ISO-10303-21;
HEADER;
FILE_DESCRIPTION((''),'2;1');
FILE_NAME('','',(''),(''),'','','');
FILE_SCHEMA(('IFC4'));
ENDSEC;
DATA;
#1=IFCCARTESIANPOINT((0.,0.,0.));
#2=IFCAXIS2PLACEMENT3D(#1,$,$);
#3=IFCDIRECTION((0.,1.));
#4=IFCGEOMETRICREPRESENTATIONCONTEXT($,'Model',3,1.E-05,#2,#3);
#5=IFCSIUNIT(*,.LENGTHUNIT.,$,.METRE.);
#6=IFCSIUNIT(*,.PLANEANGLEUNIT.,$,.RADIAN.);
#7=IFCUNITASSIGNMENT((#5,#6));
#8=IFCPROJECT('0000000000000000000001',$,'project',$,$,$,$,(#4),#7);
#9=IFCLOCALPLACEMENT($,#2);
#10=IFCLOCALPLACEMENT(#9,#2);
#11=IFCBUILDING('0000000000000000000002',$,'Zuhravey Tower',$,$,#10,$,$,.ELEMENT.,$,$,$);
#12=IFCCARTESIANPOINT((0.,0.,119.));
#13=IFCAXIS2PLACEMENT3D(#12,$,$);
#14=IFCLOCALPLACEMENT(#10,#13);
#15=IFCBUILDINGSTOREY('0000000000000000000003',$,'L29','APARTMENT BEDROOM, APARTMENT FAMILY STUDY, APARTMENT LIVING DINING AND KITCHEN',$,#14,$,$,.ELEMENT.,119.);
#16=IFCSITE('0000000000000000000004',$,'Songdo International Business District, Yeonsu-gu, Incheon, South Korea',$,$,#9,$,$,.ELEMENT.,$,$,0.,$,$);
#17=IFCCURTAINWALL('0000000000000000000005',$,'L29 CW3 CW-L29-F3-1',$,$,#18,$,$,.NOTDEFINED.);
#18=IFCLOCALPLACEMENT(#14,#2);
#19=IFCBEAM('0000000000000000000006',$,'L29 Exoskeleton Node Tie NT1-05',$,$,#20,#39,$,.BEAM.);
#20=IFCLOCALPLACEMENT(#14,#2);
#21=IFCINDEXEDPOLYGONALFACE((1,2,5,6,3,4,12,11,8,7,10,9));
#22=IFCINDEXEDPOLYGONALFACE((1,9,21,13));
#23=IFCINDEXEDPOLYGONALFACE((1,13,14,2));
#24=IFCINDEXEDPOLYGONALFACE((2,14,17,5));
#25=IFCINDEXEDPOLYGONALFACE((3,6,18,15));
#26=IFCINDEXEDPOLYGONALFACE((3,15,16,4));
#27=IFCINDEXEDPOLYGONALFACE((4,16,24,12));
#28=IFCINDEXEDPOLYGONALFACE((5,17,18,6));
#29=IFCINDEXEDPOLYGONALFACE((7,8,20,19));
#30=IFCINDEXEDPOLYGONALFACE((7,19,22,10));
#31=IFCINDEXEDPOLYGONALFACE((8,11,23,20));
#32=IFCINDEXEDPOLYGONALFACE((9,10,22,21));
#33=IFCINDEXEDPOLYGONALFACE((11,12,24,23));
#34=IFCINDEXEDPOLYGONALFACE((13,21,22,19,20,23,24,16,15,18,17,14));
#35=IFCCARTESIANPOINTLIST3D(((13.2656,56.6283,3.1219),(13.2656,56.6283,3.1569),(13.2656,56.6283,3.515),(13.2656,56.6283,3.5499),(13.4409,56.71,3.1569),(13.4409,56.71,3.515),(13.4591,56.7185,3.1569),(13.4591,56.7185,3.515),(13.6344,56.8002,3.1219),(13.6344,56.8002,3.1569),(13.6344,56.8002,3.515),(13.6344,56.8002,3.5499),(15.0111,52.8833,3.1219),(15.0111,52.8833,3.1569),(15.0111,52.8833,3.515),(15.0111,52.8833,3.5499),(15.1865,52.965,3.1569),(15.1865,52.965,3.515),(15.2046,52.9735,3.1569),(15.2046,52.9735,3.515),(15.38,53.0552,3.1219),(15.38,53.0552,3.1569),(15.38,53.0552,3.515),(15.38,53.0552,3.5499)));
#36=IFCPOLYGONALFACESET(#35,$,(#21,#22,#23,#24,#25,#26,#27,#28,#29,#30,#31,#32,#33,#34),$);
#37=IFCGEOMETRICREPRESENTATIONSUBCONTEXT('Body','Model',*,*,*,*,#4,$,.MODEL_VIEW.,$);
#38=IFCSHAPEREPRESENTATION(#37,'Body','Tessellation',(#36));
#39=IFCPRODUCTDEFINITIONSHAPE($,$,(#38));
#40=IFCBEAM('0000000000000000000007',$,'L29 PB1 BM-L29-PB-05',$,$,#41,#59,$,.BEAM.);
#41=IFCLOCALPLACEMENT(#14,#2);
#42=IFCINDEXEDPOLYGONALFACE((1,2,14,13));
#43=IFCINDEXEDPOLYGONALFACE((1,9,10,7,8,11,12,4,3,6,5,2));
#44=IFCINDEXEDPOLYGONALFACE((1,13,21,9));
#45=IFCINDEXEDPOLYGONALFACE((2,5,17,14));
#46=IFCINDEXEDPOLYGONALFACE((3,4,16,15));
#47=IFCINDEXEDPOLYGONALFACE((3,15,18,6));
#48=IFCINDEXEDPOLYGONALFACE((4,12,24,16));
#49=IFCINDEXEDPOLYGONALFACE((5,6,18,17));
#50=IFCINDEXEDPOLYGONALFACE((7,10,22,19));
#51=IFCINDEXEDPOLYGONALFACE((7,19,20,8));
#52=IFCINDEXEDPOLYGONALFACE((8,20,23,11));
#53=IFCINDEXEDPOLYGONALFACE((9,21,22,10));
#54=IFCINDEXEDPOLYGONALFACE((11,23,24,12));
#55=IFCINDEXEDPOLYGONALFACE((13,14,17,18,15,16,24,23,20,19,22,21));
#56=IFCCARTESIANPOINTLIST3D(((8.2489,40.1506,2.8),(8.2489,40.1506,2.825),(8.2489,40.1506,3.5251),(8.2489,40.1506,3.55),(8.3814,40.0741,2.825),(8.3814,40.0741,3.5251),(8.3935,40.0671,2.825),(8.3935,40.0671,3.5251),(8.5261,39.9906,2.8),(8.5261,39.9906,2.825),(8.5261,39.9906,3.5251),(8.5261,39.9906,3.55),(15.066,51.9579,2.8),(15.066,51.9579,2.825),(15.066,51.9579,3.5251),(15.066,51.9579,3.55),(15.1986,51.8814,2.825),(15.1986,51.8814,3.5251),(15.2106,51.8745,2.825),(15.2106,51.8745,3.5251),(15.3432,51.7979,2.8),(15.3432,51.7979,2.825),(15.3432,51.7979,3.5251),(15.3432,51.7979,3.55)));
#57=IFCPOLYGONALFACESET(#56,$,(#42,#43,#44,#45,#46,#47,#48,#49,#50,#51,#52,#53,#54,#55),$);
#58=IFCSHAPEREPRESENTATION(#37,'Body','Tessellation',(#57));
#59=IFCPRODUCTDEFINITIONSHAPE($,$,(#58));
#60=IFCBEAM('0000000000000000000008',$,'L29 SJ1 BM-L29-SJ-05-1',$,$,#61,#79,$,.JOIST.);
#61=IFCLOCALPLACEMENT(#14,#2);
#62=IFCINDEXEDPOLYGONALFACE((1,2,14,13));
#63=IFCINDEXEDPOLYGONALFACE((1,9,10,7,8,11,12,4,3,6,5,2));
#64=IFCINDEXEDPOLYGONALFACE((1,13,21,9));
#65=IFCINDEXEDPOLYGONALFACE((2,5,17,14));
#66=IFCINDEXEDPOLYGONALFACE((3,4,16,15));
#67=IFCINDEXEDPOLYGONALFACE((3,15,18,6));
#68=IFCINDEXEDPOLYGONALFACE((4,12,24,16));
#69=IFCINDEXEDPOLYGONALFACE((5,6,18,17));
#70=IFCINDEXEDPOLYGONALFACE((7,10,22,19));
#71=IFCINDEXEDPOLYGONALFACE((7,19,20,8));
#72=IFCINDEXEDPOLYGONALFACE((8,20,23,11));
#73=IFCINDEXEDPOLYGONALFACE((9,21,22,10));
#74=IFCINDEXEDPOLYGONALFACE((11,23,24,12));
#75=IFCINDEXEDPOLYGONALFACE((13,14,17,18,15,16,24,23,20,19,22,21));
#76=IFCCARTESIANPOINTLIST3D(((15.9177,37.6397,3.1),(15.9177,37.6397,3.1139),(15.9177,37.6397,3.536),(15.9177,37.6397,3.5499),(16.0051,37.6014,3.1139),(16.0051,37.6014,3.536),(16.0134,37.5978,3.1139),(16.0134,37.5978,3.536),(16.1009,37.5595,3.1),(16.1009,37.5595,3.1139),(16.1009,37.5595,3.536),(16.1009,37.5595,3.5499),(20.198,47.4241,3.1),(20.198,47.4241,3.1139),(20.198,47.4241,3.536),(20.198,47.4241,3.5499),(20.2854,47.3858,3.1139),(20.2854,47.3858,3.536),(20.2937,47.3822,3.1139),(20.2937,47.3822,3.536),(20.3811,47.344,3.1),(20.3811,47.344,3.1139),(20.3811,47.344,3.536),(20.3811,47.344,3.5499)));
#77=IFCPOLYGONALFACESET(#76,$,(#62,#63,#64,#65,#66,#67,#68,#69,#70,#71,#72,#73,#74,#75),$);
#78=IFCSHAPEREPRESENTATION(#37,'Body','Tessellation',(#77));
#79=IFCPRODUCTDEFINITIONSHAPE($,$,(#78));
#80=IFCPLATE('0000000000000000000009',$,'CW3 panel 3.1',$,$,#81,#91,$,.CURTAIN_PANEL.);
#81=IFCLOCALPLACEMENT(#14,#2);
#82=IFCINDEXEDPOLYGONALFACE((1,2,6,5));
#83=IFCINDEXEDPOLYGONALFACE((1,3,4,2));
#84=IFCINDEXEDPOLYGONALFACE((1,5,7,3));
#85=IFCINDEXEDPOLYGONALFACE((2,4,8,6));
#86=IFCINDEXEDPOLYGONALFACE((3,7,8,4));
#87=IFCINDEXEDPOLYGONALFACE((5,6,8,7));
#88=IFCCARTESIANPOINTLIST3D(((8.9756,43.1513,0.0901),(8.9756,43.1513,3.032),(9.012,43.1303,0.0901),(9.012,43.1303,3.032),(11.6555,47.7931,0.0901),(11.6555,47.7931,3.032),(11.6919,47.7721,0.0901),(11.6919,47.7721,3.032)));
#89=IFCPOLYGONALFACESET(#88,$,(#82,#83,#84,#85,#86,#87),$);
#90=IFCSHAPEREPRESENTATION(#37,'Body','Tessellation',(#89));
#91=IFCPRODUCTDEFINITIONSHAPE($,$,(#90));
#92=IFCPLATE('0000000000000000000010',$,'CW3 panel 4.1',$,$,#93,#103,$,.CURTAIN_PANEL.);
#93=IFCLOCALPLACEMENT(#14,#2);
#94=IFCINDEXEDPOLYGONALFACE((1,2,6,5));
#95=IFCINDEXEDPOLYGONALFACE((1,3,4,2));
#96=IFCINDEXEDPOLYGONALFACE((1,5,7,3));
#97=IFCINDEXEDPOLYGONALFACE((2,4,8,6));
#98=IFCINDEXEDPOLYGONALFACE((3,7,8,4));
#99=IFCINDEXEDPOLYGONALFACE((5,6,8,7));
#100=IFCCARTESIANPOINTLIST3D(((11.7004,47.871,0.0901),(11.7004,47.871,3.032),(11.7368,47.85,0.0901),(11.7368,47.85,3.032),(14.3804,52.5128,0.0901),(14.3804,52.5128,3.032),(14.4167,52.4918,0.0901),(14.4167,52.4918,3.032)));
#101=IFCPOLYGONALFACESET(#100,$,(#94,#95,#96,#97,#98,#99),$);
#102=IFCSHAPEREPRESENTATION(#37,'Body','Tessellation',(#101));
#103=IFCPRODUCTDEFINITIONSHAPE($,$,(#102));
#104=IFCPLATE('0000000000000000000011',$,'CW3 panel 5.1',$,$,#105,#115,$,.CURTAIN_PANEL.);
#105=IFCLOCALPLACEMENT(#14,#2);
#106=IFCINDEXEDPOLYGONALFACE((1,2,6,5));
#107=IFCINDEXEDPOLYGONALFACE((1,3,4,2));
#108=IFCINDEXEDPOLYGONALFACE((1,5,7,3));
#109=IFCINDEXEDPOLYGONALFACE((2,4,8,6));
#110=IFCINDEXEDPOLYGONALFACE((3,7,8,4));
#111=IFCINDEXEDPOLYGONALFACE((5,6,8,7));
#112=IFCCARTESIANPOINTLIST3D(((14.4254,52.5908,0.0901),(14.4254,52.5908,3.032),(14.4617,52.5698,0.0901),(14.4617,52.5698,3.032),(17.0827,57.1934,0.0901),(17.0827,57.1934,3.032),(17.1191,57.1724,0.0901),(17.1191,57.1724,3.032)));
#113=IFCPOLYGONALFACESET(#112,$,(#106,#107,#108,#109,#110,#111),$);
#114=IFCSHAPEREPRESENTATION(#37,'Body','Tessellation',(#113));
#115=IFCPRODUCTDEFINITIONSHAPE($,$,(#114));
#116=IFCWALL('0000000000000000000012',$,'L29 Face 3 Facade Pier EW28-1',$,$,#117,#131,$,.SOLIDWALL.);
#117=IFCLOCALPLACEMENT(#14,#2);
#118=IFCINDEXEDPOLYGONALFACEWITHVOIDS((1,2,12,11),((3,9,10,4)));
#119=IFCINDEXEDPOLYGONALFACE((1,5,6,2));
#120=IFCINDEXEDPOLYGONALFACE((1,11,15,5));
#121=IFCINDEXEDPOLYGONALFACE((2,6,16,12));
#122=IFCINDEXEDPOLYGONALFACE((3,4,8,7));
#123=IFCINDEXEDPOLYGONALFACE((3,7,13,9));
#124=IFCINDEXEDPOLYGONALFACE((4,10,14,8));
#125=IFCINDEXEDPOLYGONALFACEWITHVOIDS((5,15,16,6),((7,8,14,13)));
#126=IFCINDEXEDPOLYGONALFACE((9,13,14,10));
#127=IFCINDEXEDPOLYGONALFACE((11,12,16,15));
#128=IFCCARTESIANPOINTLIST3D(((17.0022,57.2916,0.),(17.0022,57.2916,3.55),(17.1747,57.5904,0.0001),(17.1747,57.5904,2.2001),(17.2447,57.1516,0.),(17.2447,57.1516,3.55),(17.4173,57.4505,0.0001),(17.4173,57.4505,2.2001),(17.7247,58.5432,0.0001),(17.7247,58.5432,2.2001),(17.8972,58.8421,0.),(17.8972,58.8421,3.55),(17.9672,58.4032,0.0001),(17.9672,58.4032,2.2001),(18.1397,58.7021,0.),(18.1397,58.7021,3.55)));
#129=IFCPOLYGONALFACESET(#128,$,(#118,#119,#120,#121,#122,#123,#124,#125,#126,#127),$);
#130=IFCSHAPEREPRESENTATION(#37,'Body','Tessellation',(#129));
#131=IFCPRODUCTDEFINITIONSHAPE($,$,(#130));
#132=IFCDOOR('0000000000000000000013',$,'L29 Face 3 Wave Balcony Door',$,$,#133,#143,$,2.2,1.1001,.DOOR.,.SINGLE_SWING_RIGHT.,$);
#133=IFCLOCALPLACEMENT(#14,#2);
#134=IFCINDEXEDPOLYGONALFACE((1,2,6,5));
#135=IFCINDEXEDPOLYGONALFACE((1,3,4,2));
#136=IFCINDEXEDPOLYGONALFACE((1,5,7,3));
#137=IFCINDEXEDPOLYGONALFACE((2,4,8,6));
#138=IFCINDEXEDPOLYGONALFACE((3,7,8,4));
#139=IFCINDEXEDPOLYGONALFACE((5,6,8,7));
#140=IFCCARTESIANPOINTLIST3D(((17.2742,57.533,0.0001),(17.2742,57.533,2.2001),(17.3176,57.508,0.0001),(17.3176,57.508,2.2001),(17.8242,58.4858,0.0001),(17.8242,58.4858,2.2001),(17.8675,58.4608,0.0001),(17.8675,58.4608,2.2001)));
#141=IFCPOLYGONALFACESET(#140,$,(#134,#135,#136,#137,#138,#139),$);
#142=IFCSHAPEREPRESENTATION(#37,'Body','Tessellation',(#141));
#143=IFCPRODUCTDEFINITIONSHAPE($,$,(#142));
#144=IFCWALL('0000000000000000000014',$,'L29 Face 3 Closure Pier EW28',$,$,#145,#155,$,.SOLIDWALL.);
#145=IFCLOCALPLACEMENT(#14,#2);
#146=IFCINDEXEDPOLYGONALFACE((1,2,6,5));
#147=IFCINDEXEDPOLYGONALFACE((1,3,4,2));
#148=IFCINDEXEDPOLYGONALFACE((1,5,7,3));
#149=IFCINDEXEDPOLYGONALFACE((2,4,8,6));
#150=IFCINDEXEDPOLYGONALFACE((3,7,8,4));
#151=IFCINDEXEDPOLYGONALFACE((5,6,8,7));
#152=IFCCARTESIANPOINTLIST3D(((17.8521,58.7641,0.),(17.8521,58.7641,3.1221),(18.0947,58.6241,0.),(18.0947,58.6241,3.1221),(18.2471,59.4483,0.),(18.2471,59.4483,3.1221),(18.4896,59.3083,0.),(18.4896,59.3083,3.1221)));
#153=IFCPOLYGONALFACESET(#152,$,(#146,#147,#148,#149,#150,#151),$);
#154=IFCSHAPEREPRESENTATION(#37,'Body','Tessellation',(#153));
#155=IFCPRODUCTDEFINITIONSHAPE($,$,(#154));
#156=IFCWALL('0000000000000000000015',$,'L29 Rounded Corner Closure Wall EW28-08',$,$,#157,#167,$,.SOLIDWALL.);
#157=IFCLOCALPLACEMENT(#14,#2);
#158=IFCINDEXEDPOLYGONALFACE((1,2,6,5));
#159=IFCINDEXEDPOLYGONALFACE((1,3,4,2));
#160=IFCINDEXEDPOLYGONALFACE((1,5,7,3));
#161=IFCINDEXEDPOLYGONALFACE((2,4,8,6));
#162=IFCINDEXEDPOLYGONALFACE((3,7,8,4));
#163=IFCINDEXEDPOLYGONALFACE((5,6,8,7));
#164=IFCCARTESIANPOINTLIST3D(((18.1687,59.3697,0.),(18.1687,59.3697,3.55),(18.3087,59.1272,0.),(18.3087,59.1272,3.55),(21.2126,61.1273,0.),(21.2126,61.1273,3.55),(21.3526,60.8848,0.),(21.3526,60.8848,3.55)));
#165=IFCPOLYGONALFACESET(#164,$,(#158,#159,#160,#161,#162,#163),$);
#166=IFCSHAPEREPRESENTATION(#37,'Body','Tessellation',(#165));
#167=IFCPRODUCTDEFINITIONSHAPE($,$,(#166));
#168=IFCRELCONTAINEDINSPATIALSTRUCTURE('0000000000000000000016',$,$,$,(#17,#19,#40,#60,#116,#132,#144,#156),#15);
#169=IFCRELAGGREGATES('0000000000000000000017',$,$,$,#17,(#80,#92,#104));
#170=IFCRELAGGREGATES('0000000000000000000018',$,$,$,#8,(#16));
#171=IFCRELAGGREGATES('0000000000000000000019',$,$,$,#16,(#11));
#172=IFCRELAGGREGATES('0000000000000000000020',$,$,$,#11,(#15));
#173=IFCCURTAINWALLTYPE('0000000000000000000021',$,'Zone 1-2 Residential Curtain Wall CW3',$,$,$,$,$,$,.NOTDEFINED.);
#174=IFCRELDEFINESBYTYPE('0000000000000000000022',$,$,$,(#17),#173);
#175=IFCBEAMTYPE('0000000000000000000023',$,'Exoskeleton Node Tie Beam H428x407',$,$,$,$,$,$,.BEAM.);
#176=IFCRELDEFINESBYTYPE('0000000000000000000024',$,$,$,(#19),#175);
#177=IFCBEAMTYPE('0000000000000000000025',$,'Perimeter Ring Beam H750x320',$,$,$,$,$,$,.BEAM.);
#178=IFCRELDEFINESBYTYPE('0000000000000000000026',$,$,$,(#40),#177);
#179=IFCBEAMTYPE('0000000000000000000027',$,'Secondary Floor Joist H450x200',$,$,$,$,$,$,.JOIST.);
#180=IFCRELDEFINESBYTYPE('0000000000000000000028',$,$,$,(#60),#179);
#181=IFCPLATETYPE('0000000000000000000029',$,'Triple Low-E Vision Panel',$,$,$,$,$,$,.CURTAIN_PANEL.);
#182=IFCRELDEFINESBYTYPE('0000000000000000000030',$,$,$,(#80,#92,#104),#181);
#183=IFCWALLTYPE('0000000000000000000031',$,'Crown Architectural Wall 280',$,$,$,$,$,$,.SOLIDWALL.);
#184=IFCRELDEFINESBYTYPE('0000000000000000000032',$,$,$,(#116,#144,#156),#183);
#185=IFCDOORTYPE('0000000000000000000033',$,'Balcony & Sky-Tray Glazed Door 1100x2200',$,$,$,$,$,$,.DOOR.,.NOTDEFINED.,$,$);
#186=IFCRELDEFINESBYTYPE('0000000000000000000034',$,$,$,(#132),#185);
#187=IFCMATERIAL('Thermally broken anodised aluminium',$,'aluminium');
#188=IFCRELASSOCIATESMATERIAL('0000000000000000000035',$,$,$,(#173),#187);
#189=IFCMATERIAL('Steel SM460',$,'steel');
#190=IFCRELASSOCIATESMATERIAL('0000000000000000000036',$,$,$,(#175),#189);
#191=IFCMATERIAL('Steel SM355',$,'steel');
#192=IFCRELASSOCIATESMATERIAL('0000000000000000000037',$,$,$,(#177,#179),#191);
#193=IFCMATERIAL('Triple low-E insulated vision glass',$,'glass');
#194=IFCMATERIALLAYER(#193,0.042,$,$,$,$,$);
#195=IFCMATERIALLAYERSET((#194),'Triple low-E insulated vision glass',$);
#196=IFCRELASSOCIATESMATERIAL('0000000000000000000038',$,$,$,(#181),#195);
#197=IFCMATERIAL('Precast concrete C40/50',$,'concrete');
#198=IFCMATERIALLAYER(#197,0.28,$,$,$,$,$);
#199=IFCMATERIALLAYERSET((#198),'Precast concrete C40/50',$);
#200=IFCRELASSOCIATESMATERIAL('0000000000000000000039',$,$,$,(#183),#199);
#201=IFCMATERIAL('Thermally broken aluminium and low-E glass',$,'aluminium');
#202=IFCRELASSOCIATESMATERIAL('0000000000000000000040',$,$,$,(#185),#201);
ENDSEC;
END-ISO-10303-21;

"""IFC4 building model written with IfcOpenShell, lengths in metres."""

from ifc_helpers import new_model, si_unit, direction, frame, frame_2d, origin, origin_2d, place, context, subcontext, project, spatial, rectangle, i_section, extrude, material, layer, layer_set, material_profile, profile_set, type_object, element, fill, aggregate, save


model = new_model("IFC4")

# Units and contexts
model_context = context("Model", 3, precision=1e-05, world=origin(), true_north=direction((0.0, 1.0)))
body_context = subcontext(model_context, "Body", "Model", "MODEL_VIEW")
ifc_project = project(units=[si_unit("LENGTHUNIT", "METRE"), si_unit("PLANEANGLEUNIT", "RADIAN")], contexts=[model_context])

# Site, building, storey
site_placement = place(None, origin())
site = spatial("IfcSite", under=ifc_project, at=site_placement, Name="Songdo International Business District, Yeonsu-gu, Incheon, South Korea", CompositionType="ELEMENT", RefElevation=0.0)
building_placement = place(site_placement, origin())
building = spatial("IfcBuilding", under=site, at=building_placement, Name="Zuhravey Tower", CompositionType="ELEMENT")
storey_placement = place(building_placement, frame((0.0, 0.0, 119.0)))
storey = spatial("IfcBuildingStorey", under=building, at=storey_placement, Name="L29", Description="APARTMENT BEDROOM, APARTMENT FAMILY STUDY, APARTMENT LIVING DINING AND KITCHEN", CompositionType="ELEMENT", Elevation=119.0)

# Curtain wall
ifc_material_1 = material(Name="Thermally broken anodised aluminium", Category="aluminium")
curtain_wall_type = type_object("IfcCurtainWallType", Name="Zone 1-2 Residential Curtain Wall CW3", PredefinedType="NOTDEFINED", material=ifc_material_1)
curtain_wall_1_placement = place(storey_placement, origin())
curtain_wall_1 = element("IfcCurtainWall", 1, at=curtain_wall_1_placement, inside=storey, type_object=curtain_wall_type, Name="L29 CW3 CW-L29-F3-1", PredefinedType="NOTDEFINED")

# Beams
ifc_material_2 = material(Name="Steel SM460", Category="steel")
ifc_material_profile_1 = material_profile(ifc_material_2, i_section(OverallWidth=0.407, OverallDepth=0.428, WebThickness=0.02, FlangeThickness=0.0349, at=origin_2d()), Name="H-428x407x20x35")
ifc_profile_set_1 = profile_set([ifc_material_profile_1], Name="Steel SM460")
beam_type_1 = type_object("IfcBeamType", Name="Exoskeleton Node Tie Beam H428x407", PredefinedType="BEAM", material=ifc_profile_set_1)
beam_1_placement = place(storey_placement, frame((15.1956, 52.9692, 3.3359), z_axis=(-0.422465, 0.906379, 0.0), x_axis=(-0.906379, -0.422465, 0.0)))
element("IfcBeam", 2, at=beam_1_placement, inside=storey, type_object=beam_type_1, Name="L29 Exoskeleton Node Tie NT1-05", PredefinedType="BEAM", context=body_context, shape_type="SweptSolid", body=[
    extrude(i_section(OverallWidth=0.407, OverallDepth=0.428, WebThickness=0.02, FlangeThickness=0.0349, at=origin_2d()), origin(), (0.0, 0.0, 1.0), 4.1318),
])
ifc_material_3 = material(Name="Steel SM355", Category="steel")
ifc_material_profile_2 = material_profile(ifc_material_3, i_section(OverallWidth=0.3201, OverallDepth=0.75, WebThickness=0.0139, FlangeThickness=0.0249, at=origin_2d()), Name="H-750x320x14x25")
ifc_profile_set_2 = profile_set([ifc_material_profile_2], Name="Steel SM355")
beam_type_2 = type_object("IfcBeamType", Name="Perimeter Ring Beam H750x320", PredefinedType="BEAM", material=ifc_profile_set_2)
beam_2_placement = place(storey_placement, frame((15.2046, 51.8779, 3.175), z_axis=(-0.500008, -0.866021, 0.0), x_axis=(0.866021, -0.500008, 0.0)))
element("IfcBeam", 3, at=beam_2_placement, inside=storey, type_object=beam_type_2, Name="L29 PB1 BM-L29-PB-05", PredefinedType="BEAM", context=body_context, shape_type="SweptSolid", body=[
    extrude(i_section(OverallWidth=0.3201, OverallDepth=0.75, WebThickness=0.0139, FlangeThickness=0.0249, at=origin_2d()), origin(), (0.0, 0.0, 1.0), 13.634),
])
ifc_material_profile_3 = material_profile(ifc_material_3, i_section(OverallWidth=0.2, OverallDepth=0.45, WebThickness=0.009, FlangeThickness=0.0139, at=origin_2d()), Name="H-450x200x9x14")
ifc_profile_set_3 = profile_set([ifc_material_profile_3], Name="Steel SM355")
beam_type_3 = type_object("IfcBeamType", Name="Secondary Floor Joist H450x200", PredefinedType="JOIST", material=ifc_profile_set_3)
beam_3_placement = place(storey_placement, frame((20.2896, 47.384, 3.325), z_axis=(-0.400786, -0.916172, 0.0), x_axis=(0.916172, -0.400786, 0.0)))
element("IfcBeam", 4, at=beam_3_placement, inside=storey, type_object=beam_type_3, Name="L29 SJ1 BM-L29-SJ-05-1", PredefinedType="JOIST", context=body_context, shape_type="SweptSolid", body=[
    extrude(i_section(OverallWidth=0.2, OverallDepth=0.45, WebThickness=0.009, FlangeThickness=0.0139, at=origin_2d()), origin(), (0.0, 0.0, 1.0), 10.6797),
])

# Plates
ifc_material_4 = material(Name="Triple low-E insulated vision glass", Category="glass")
ifc_layer_1 = layer(ifc_material_4, 0.042)
ifc_layer_set_1 = layer_set([ifc_layer_1], Name="Triple low-E insulated vision glass")
plate_type = type_object("IfcPlateType", Name="Triple Low-E Vision Panel", PredefinedType="CURTAIN_PANEL", material=ifc_layer_set_1)
plate_1_placement = place(storey_placement, frame((10.3337, 45.4617, 0.0901), z_axis=(0.0, 0.0, 1.0), x_axis=(0.5, 0.866025, 0.0)))
plate_1 = element("IfcPlate", 5, at=plate_1_placement, type_object=plate_type, Name="CW3 panel 3.1", PredefinedType="CURTAIN_PANEL", context=body_context, shape_type="SweptSolid", body=[
    extrude(rectangle(XDim=5.3599, YDim=0.042, at=origin_2d()), origin(), (0.0, 0.0, 1.0), 2.9419),
])
plate_2_placement = place(storey_placement, frame((13.0586, 50.1814, 0.0901), z_axis=(0.0, 0.0, 1.0), x_axis=(0.5, 0.866025, 0.0)))
plate_2 = element("IfcPlate", 6, at=plate_2_placement, type_object=plate_type, Name="CW3 panel 4.1", PredefinedType="CURTAIN_PANEL", context=body_context, shape_type="SweptSolid", body=[
    extrude(rectangle(XDim=5.3599, YDim=0.042, at=origin_2d()), origin(), (0.0, 0.0, 1.0), 2.9419),
])
plate_3_placement = place(storey_placement, frame((15.7722, 54.8816, 0.0901), z_axis=(0.0, 0.0, 1.0), x_axis=(0.5, 0.866025, 0.0)))
plate_3 = element("IfcPlate", 7, at=plate_3_placement, type_object=plate_type, Name="CW3 panel 5.1", PredefinedType="CURTAIN_PANEL", context=body_context, shape_type="SweptSolid", body=[
    extrude(rectangle(XDim=5.3147, YDim=0.042, at=origin_2d()), origin(), (0.0, 0.0, 1.0), 2.9419),
])
aggregate(curtain_wall_1, [plate_1, plate_2, plate_3])

# Wall, opening, door
ifc_material_5 = material(Name="Precast concrete C40/50", Category="concrete")
ifc_layer_2 = layer(ifc_material_5, 0.28)
ifc_layer_set_2 = layer_set([ifc_layer_2], Name="Precast concrete C40/50")
wall_type_1 = type_object("IfcWallType", Name="Crown Architectural Wall 280", PredefinedType="SOLIDWALL", material=ifc_layer_set_2)
wall_1_placement = place(storey_placement, frame((17.1235, 57.2217, 0.0), z_axis=(0.0, 0.0, 1.0), x_axis=(0.499923, 0.86607, 0.0)))
wall_1 = element("IfcWall", 8, at=wall_1_placement, inside=storey, type_object=wall_type_1, Name="L29 Face 3 Facade Pier EW28-1", PredefinedType="SOLIDWALL", context=body_context, shape_type="SweptSolid", body=[
    extrude(rectangle(XDim=1.7903, YDim=0.28, at=frame_2d((0.895, 0.0))), origin(), (0.0, 0.0, 1.0), 3.55),
])
opening_1_placement = place(wall_1_placement, frame((0.345, 0.0, 0.0)))
opening_1 = element("IfcOpeningElement", 9, at=opening_1_placement, cuts=wall_1, PredefinedType="OPENING", context=body_context, shape_type="SweptSolid", body=[
    extrude(rectangle(XDim=1.1001, YDim=2.2, at=frame_2d((0.55, 1.1001))), frame((0.0, 0.1521, 0.0), z_axis=(0.0, -1.0, 0.0), x_axis=(1.0, 0.0, 0.0)), (0.0, 0.0, 1.0), 0.304),
])
ifc_material_6 = material(Name="Thermally broken aluminium and low-E glass", Category="aluminium")
door_type_1 = type_object("IfcDoorType", Name="Balcony & Sky-Tray Glazed Door 1100x2200", OperationType="NOTDEFINED", PredefinedType="DOOR", material=ifc_material_6)
door_1_placement = place(opening_1_placement, frame((1.1001, 0.0, 0.0), z_axis=(0.0, 0.0, 1.0), x_axis=(-1.0, 0.0, 0.0)))
door_1 = element("IfcDoor", 10, at=door_1_placement, inside=storey, type_object=door_type_1, Name="L29 Face 3 Wave Balcony Door", OperationType="SINGLE_SWING_RIGHT", OverallHeight=2.2, OverallWidth=1.1001, PredefinedType="DOOR", context=body_context, shape_type="SweptSolid", body=[
    extrude(rectangle(XDim=1.1001, YDim=2.2, at=frame_2d((0.55, 1.1001))), frame((0.0, 0.0249, 0.0), z_axis=(0.0, -1.0, 0.0), x_axis=(1.0, 0.0, 0.0)), (0.0, 0.0, 1.0), 0.05),
])
fill(opening_1, door_1)

# Walls
wall_2_placement = place(storey_placement, frame((17.9734, 58.6941, 0.0), z_axis=(0.0, 0.0, 1.0), x_axis=(0.499928, 0.866067, 0.0)))
element("IfcWall", 11, at=wall_2_placement, inside=storey, type_object=wall_type_1, Name="L29 Face 3 Closure Pier EW28", PredefinedType="SOLIDWALL", context=body_context, shape_type="SweptSolid", body=[
    extrude(rectangle(XDim=0.79, YDim=0.28, at=frame_2d((0.395, 0.0))), origin(), (0.0, 0.0, 1.0), 3.1221),
])
wall_3_placement = place(storey_placement, frame((18.2388, 59.2485, 0.0), z_axis=(0.0, 0.0, 1.0), x_axis=(0.866007, 0.500031, 0.0)))
element("IfcWall", 12, at=wall_3_placement, inside=storey, type_object=wall_type_1, Name="L29 Rounded Corner Closure Wall EW28-08", PredefinedType="SOLIDWALL", context=body_context, shape_type="SweptSolid", body=[
    extrude(rectangle(XDim=3.5149, YDim=0.28, at=frame_2d((1.7573, 0.0))), origin(), (0.0, 0.0, 1.0), 3.55),
])

save(model, "model.ifc")
